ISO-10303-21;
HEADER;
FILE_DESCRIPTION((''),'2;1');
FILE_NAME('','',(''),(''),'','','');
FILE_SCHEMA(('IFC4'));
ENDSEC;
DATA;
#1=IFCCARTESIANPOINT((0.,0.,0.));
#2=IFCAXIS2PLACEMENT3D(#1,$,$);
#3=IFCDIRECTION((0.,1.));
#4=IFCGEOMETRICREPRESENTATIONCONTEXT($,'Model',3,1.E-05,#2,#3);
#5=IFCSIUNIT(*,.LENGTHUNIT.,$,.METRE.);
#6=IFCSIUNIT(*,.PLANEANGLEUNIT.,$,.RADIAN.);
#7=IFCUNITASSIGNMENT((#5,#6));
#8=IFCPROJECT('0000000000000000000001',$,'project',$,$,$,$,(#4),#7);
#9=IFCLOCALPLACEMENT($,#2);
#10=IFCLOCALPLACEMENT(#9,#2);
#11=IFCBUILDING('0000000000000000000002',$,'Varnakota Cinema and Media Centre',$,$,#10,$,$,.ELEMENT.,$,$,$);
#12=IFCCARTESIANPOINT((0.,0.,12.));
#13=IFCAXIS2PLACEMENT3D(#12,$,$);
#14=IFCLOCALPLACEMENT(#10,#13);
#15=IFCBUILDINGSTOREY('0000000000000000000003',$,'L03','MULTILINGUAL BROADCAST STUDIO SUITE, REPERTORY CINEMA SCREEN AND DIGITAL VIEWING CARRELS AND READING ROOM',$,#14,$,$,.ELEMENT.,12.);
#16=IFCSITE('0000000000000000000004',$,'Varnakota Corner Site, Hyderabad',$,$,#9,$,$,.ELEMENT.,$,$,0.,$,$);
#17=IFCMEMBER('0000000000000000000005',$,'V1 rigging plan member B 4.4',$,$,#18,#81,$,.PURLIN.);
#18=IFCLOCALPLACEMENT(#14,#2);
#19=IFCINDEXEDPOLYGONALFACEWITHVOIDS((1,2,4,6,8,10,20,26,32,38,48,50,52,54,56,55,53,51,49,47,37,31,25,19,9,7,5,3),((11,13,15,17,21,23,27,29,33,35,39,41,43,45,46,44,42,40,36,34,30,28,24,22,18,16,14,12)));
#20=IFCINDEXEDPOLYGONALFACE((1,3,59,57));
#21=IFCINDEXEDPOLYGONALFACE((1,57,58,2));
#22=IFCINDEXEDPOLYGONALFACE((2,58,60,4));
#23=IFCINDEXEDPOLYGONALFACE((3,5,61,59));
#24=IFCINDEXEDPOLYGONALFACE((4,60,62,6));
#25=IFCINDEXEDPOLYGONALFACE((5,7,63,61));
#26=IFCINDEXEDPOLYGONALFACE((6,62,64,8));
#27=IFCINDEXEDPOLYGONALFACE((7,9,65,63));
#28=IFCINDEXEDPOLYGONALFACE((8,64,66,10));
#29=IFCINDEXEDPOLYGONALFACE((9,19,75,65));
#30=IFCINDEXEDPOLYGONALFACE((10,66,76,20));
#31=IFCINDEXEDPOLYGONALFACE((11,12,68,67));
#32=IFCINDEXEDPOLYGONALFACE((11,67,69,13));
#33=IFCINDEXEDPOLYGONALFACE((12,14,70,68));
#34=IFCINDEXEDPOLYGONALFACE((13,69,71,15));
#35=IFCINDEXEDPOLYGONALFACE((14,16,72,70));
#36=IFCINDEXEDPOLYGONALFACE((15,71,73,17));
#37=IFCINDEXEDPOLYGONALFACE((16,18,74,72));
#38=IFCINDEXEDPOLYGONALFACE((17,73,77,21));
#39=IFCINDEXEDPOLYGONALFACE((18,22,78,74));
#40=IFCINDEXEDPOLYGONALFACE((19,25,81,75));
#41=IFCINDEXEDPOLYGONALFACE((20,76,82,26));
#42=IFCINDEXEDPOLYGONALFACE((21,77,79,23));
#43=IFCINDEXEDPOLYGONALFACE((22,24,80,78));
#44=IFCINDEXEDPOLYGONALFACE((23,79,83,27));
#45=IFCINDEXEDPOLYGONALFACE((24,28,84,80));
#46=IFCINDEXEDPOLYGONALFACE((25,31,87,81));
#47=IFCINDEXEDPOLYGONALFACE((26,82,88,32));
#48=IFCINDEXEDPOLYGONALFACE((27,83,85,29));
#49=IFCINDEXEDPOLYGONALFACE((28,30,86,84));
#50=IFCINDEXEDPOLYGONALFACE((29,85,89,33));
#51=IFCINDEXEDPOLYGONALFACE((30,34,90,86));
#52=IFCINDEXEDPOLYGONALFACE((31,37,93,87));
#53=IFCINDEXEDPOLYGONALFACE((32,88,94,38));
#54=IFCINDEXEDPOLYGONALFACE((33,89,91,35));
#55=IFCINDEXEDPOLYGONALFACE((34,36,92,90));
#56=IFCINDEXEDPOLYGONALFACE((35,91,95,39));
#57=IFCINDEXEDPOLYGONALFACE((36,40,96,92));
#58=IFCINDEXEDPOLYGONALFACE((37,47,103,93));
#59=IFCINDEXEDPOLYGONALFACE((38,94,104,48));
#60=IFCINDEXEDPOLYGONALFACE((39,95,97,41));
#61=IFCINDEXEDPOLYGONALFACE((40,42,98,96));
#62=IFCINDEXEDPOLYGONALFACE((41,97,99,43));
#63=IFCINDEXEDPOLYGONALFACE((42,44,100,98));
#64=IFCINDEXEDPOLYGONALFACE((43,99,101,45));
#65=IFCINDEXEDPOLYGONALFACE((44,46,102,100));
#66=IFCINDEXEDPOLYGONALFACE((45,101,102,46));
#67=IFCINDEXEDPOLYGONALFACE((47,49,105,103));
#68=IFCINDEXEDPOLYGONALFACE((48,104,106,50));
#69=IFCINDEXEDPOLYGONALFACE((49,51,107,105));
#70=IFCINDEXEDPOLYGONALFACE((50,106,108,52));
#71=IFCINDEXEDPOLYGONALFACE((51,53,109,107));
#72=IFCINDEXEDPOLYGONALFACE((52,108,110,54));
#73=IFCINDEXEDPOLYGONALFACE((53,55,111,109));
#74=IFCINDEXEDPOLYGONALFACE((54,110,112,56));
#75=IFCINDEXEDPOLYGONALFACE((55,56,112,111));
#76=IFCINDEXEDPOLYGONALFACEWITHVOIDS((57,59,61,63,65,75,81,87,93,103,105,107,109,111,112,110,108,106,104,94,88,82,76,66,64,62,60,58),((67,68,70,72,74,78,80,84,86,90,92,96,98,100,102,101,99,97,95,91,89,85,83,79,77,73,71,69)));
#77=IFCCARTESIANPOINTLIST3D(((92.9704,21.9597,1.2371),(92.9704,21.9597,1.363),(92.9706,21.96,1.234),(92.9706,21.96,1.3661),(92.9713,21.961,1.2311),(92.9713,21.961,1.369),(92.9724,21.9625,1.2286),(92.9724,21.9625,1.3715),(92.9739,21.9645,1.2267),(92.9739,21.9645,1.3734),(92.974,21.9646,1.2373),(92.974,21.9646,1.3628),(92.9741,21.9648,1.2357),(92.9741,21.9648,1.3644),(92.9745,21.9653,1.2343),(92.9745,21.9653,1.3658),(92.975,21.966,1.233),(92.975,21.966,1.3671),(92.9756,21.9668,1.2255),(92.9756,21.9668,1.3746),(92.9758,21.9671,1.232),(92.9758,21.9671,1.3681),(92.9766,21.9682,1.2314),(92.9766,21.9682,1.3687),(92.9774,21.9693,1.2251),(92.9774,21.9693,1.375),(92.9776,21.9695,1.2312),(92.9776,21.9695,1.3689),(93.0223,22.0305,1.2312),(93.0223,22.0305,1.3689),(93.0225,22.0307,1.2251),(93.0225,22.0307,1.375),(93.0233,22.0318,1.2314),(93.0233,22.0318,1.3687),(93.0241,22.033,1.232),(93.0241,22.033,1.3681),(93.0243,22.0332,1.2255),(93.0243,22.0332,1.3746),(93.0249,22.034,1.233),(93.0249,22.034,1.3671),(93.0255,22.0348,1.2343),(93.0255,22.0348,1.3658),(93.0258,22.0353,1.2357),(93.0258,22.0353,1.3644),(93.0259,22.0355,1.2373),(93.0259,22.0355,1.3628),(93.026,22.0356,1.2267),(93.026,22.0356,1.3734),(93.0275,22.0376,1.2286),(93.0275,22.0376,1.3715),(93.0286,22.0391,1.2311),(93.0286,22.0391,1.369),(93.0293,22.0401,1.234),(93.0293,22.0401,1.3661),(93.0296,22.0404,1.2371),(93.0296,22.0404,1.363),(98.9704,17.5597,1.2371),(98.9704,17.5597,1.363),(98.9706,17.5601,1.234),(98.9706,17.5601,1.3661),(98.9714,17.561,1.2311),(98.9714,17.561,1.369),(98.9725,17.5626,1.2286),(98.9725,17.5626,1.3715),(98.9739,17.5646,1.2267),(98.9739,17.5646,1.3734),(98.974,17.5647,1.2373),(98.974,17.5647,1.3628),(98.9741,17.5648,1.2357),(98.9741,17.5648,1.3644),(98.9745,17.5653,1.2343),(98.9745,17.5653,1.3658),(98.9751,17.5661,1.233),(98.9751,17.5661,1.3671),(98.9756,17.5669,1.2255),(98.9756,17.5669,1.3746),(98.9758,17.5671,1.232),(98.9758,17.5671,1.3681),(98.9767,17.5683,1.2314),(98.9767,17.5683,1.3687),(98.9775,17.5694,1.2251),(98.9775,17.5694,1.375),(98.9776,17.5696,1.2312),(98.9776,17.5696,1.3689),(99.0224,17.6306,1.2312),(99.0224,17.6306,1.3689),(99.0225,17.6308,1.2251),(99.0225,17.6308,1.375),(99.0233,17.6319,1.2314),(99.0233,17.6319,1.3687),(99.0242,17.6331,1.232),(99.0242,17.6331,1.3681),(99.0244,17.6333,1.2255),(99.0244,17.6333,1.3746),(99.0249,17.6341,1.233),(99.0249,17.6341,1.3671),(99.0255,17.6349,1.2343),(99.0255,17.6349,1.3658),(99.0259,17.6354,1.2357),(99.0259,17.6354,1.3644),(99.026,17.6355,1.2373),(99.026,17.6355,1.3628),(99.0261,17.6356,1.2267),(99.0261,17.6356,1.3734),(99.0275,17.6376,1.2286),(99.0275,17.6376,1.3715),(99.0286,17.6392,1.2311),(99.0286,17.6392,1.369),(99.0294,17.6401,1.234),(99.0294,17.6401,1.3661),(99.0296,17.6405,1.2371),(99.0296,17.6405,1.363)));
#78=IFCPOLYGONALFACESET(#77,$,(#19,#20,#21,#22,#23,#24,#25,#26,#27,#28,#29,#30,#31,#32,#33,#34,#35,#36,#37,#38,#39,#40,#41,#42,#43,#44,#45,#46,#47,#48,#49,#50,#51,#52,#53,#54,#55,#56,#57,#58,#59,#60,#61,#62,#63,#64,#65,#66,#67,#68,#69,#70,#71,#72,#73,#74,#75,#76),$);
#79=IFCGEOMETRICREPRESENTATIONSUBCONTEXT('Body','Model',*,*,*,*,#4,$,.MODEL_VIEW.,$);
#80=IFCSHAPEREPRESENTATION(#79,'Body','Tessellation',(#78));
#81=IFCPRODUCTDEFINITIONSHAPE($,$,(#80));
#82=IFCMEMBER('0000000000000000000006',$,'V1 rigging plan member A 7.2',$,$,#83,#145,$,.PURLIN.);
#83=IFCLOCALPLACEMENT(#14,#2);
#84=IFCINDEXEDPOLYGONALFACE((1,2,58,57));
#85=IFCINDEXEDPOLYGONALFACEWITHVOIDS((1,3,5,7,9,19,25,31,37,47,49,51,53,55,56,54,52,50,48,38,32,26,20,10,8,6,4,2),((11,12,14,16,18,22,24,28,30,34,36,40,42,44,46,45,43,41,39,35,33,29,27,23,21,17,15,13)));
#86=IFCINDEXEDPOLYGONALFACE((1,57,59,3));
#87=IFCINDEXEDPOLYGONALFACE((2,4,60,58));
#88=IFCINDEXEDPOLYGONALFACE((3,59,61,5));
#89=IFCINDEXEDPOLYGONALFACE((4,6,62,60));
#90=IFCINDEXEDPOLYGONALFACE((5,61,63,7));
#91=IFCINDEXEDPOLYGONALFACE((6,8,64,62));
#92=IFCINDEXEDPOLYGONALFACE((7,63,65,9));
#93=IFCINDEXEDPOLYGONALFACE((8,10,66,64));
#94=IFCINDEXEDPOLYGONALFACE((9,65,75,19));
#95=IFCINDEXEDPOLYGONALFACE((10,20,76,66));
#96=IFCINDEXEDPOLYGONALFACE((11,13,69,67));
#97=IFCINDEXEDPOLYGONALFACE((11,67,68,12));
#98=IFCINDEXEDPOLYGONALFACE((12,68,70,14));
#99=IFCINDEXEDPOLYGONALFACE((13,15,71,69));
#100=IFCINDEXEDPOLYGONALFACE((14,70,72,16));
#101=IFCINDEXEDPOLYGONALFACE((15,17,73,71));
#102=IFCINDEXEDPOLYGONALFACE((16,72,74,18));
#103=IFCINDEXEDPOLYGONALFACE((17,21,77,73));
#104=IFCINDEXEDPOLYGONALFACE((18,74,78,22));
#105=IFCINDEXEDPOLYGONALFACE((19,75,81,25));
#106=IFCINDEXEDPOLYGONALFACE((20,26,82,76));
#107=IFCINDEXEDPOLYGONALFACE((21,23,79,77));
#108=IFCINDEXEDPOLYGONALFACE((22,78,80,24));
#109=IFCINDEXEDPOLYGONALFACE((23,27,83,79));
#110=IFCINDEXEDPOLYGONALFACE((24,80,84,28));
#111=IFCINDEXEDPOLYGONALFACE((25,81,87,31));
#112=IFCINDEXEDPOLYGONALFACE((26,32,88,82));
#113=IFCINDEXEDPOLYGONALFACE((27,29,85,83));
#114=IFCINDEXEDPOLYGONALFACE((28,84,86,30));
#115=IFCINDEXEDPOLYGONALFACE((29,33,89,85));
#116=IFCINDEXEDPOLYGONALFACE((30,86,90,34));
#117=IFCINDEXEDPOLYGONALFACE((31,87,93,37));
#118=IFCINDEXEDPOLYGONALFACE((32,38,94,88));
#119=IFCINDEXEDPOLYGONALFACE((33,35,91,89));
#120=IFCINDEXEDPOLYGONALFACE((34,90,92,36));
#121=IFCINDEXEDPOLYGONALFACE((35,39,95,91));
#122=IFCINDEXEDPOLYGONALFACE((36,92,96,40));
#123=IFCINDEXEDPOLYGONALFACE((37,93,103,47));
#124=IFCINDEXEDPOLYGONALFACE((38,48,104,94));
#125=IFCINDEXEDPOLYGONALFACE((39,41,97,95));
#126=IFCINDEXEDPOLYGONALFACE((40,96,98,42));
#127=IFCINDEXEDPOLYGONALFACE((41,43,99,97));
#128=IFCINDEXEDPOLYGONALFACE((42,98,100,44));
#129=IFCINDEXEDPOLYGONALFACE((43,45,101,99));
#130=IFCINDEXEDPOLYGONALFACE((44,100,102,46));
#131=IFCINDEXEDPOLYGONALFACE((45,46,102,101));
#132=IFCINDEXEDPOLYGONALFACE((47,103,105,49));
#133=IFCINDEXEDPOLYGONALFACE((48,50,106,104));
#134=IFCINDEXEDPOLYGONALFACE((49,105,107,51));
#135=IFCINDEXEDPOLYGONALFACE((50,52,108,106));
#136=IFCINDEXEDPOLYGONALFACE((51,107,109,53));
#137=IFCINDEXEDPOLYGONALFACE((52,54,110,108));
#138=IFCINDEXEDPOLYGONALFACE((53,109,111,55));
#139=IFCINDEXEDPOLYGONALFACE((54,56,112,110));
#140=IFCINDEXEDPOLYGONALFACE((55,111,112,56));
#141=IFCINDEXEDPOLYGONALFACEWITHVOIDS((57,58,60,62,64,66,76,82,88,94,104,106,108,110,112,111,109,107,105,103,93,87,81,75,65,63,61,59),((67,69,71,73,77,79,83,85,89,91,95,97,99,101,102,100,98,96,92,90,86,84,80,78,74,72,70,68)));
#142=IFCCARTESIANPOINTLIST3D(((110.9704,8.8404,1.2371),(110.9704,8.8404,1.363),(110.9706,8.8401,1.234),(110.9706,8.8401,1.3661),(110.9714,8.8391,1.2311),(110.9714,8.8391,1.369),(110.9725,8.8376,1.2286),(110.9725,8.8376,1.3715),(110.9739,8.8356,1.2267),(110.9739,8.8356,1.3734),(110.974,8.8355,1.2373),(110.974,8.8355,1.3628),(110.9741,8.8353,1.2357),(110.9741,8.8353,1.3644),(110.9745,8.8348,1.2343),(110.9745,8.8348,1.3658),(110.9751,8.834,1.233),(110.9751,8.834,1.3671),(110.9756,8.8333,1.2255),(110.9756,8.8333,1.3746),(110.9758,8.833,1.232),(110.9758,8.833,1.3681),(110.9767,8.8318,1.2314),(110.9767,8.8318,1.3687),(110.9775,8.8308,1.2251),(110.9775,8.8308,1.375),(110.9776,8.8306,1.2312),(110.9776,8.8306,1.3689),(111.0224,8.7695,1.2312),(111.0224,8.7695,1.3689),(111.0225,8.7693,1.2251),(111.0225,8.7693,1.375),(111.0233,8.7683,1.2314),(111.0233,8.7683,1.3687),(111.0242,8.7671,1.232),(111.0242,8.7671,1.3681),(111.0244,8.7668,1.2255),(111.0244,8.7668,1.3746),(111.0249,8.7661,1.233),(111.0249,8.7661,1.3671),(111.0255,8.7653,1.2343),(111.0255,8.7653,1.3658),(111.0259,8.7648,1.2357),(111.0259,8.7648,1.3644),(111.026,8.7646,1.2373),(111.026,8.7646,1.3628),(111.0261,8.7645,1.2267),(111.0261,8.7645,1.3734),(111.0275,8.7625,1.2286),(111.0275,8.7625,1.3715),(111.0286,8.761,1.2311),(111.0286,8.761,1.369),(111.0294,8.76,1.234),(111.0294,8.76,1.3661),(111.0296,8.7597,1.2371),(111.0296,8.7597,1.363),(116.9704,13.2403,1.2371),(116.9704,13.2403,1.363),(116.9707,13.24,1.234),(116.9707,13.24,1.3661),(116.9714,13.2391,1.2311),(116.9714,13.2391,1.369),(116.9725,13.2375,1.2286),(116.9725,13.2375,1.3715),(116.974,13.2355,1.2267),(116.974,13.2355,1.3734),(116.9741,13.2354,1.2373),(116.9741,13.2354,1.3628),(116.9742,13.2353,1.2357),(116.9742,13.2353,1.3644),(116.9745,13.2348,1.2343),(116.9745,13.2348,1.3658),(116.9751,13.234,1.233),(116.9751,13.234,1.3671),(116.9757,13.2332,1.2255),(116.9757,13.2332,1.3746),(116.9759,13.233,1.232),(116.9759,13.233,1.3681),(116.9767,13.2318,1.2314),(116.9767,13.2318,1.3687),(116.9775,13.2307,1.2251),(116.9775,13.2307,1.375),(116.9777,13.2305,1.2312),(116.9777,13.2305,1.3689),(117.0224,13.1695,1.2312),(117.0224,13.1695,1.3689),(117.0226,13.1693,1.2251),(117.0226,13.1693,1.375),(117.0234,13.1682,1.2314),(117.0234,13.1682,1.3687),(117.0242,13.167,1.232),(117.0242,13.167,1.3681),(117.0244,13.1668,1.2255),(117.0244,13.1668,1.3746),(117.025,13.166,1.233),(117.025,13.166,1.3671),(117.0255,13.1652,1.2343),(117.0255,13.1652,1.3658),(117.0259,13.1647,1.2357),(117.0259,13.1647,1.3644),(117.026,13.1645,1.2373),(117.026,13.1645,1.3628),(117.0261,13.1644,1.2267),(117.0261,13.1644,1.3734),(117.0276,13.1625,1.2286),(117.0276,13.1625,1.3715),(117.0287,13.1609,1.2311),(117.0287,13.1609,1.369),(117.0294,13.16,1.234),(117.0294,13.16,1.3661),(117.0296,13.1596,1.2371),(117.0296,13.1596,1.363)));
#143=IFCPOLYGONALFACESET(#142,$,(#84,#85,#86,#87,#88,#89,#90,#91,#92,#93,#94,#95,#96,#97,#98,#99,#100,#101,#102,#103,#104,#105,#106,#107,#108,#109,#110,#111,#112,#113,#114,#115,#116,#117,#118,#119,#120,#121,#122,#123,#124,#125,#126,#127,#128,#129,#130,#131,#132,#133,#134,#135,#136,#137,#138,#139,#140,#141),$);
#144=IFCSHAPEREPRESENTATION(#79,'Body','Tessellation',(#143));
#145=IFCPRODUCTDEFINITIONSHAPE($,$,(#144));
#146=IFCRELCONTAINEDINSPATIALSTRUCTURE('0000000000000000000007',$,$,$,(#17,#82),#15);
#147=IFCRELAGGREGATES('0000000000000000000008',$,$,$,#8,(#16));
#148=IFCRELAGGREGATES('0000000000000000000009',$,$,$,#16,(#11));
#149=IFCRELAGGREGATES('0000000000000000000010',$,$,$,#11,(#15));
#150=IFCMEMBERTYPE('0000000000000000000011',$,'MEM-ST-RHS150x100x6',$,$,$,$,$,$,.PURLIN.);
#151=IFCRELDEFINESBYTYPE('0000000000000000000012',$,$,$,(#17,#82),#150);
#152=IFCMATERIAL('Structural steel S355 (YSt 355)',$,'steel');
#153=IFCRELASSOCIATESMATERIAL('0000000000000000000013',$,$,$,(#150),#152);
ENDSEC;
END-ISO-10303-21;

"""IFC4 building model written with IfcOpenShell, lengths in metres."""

from ifc_helpers import new_model, si_unit, direction, frame, origin, origin_2d, place, context, subcontext, project, spatial, hollow_rectangle, extrude, material, material_profile, profile_set, type_object, element, save


model = new_model("IFC4")

# Units and contexts
model_context = context("Model", 3, precision=1e-05, world=origin(), true_north=direction((0.0, 1.0)))
body_context = subcontext(model_context, "Body", "Model", "MODEL_VIEW")
ifc_project = project(units=[si_unit("LENGTHUNIT", "METRE"), si_unit("PLANEANGLEUNIT", "RADIAN")], contexts=[model_context])

# Site, building, storey
site_placement = place(None, origin())
site = spatial("IfcSite", under=ifc_project, at=site_placement, Name="Varnakota Corner Site, Hyderabad", CompositionType="ELEMENT", RefElevation=0.0)
building_placement = place(site_placement, origin())
building = spatial("IfcBuilding", under=site, at=building_placement, Name="Varnakota Cinema and Media Centre", CompositionType="ELEMENT")
storey_placement = place(building_placement, frame((0.0, 0.0, 12.0)))
storey = spatial("IfcBuildingStorey", under=building, at=storey_placement, Name="L03", Description="MULTILINGUAL BROADCAST STUDIO SUITE, REPERTORY CINEMA SCREEN AND DIGITAL VIEWING CARRELS AND READING ROOM", CompositionType="ELEMENT", Elevation=12.0)

# Members
ifc_material_1 = material(Name="Structural steel S355 (YSt 355)", Category="steel")
ifc_material_profile_1 = material_profile(ifc_material_1, hollow_rectangle(XDim=0.1001, YDim=0.1499, WallThickness=0.0061, InnerFilletRadius=0.0061, OuterFilletRadius=0.012, at=origin_2d()), Name="RHS 150x100x6")
ifc_profile_set_1 = profile_set([ifc_material_profile_1], Name="Structural steel S355 (YSt 355)")
member_type_1 = type_object("IfcMemberType", Name="MEM-ST-RHS150x100x6", PredefinedType="PURLIN", material=ifc_profile_set_1)
for number, where, z_axis, x_axis, name in (
    (1, (99.0, 17.6001, 1.3), (-0.806411, 0.591355, 0.0), (-0.591355, -0.806411, 0.0), "V1 rigging plan member B 4.4"),
    (2, (111.0, 8.8, 1.3), (0.806411, 0.591355, 0.0), (-0.591355, 0.806411, 0.0), "V1 rigging plan member A 7.2"),
):
    element("IfcMember", number, at=place(storey_placement, frame(where, z_axis=z_axis, x_axis=x_axis)), inside=storey, type_object=member_type_1, Name=name, PredefinedType="PURLIN", context=body_context, shape_type="SweptSolid", body=[
        extrude(hollow_rectangle(XDim=0.1001, YDim=0.1499, WallThickness=0.0061, InnerFilletRadius=0.0061, OuterFilletRadius=0.012, at=origin_2d()), origin(), (0.0, 0.0, 1.0), 7.4404),
    ])

save(model, "model.ifc")
